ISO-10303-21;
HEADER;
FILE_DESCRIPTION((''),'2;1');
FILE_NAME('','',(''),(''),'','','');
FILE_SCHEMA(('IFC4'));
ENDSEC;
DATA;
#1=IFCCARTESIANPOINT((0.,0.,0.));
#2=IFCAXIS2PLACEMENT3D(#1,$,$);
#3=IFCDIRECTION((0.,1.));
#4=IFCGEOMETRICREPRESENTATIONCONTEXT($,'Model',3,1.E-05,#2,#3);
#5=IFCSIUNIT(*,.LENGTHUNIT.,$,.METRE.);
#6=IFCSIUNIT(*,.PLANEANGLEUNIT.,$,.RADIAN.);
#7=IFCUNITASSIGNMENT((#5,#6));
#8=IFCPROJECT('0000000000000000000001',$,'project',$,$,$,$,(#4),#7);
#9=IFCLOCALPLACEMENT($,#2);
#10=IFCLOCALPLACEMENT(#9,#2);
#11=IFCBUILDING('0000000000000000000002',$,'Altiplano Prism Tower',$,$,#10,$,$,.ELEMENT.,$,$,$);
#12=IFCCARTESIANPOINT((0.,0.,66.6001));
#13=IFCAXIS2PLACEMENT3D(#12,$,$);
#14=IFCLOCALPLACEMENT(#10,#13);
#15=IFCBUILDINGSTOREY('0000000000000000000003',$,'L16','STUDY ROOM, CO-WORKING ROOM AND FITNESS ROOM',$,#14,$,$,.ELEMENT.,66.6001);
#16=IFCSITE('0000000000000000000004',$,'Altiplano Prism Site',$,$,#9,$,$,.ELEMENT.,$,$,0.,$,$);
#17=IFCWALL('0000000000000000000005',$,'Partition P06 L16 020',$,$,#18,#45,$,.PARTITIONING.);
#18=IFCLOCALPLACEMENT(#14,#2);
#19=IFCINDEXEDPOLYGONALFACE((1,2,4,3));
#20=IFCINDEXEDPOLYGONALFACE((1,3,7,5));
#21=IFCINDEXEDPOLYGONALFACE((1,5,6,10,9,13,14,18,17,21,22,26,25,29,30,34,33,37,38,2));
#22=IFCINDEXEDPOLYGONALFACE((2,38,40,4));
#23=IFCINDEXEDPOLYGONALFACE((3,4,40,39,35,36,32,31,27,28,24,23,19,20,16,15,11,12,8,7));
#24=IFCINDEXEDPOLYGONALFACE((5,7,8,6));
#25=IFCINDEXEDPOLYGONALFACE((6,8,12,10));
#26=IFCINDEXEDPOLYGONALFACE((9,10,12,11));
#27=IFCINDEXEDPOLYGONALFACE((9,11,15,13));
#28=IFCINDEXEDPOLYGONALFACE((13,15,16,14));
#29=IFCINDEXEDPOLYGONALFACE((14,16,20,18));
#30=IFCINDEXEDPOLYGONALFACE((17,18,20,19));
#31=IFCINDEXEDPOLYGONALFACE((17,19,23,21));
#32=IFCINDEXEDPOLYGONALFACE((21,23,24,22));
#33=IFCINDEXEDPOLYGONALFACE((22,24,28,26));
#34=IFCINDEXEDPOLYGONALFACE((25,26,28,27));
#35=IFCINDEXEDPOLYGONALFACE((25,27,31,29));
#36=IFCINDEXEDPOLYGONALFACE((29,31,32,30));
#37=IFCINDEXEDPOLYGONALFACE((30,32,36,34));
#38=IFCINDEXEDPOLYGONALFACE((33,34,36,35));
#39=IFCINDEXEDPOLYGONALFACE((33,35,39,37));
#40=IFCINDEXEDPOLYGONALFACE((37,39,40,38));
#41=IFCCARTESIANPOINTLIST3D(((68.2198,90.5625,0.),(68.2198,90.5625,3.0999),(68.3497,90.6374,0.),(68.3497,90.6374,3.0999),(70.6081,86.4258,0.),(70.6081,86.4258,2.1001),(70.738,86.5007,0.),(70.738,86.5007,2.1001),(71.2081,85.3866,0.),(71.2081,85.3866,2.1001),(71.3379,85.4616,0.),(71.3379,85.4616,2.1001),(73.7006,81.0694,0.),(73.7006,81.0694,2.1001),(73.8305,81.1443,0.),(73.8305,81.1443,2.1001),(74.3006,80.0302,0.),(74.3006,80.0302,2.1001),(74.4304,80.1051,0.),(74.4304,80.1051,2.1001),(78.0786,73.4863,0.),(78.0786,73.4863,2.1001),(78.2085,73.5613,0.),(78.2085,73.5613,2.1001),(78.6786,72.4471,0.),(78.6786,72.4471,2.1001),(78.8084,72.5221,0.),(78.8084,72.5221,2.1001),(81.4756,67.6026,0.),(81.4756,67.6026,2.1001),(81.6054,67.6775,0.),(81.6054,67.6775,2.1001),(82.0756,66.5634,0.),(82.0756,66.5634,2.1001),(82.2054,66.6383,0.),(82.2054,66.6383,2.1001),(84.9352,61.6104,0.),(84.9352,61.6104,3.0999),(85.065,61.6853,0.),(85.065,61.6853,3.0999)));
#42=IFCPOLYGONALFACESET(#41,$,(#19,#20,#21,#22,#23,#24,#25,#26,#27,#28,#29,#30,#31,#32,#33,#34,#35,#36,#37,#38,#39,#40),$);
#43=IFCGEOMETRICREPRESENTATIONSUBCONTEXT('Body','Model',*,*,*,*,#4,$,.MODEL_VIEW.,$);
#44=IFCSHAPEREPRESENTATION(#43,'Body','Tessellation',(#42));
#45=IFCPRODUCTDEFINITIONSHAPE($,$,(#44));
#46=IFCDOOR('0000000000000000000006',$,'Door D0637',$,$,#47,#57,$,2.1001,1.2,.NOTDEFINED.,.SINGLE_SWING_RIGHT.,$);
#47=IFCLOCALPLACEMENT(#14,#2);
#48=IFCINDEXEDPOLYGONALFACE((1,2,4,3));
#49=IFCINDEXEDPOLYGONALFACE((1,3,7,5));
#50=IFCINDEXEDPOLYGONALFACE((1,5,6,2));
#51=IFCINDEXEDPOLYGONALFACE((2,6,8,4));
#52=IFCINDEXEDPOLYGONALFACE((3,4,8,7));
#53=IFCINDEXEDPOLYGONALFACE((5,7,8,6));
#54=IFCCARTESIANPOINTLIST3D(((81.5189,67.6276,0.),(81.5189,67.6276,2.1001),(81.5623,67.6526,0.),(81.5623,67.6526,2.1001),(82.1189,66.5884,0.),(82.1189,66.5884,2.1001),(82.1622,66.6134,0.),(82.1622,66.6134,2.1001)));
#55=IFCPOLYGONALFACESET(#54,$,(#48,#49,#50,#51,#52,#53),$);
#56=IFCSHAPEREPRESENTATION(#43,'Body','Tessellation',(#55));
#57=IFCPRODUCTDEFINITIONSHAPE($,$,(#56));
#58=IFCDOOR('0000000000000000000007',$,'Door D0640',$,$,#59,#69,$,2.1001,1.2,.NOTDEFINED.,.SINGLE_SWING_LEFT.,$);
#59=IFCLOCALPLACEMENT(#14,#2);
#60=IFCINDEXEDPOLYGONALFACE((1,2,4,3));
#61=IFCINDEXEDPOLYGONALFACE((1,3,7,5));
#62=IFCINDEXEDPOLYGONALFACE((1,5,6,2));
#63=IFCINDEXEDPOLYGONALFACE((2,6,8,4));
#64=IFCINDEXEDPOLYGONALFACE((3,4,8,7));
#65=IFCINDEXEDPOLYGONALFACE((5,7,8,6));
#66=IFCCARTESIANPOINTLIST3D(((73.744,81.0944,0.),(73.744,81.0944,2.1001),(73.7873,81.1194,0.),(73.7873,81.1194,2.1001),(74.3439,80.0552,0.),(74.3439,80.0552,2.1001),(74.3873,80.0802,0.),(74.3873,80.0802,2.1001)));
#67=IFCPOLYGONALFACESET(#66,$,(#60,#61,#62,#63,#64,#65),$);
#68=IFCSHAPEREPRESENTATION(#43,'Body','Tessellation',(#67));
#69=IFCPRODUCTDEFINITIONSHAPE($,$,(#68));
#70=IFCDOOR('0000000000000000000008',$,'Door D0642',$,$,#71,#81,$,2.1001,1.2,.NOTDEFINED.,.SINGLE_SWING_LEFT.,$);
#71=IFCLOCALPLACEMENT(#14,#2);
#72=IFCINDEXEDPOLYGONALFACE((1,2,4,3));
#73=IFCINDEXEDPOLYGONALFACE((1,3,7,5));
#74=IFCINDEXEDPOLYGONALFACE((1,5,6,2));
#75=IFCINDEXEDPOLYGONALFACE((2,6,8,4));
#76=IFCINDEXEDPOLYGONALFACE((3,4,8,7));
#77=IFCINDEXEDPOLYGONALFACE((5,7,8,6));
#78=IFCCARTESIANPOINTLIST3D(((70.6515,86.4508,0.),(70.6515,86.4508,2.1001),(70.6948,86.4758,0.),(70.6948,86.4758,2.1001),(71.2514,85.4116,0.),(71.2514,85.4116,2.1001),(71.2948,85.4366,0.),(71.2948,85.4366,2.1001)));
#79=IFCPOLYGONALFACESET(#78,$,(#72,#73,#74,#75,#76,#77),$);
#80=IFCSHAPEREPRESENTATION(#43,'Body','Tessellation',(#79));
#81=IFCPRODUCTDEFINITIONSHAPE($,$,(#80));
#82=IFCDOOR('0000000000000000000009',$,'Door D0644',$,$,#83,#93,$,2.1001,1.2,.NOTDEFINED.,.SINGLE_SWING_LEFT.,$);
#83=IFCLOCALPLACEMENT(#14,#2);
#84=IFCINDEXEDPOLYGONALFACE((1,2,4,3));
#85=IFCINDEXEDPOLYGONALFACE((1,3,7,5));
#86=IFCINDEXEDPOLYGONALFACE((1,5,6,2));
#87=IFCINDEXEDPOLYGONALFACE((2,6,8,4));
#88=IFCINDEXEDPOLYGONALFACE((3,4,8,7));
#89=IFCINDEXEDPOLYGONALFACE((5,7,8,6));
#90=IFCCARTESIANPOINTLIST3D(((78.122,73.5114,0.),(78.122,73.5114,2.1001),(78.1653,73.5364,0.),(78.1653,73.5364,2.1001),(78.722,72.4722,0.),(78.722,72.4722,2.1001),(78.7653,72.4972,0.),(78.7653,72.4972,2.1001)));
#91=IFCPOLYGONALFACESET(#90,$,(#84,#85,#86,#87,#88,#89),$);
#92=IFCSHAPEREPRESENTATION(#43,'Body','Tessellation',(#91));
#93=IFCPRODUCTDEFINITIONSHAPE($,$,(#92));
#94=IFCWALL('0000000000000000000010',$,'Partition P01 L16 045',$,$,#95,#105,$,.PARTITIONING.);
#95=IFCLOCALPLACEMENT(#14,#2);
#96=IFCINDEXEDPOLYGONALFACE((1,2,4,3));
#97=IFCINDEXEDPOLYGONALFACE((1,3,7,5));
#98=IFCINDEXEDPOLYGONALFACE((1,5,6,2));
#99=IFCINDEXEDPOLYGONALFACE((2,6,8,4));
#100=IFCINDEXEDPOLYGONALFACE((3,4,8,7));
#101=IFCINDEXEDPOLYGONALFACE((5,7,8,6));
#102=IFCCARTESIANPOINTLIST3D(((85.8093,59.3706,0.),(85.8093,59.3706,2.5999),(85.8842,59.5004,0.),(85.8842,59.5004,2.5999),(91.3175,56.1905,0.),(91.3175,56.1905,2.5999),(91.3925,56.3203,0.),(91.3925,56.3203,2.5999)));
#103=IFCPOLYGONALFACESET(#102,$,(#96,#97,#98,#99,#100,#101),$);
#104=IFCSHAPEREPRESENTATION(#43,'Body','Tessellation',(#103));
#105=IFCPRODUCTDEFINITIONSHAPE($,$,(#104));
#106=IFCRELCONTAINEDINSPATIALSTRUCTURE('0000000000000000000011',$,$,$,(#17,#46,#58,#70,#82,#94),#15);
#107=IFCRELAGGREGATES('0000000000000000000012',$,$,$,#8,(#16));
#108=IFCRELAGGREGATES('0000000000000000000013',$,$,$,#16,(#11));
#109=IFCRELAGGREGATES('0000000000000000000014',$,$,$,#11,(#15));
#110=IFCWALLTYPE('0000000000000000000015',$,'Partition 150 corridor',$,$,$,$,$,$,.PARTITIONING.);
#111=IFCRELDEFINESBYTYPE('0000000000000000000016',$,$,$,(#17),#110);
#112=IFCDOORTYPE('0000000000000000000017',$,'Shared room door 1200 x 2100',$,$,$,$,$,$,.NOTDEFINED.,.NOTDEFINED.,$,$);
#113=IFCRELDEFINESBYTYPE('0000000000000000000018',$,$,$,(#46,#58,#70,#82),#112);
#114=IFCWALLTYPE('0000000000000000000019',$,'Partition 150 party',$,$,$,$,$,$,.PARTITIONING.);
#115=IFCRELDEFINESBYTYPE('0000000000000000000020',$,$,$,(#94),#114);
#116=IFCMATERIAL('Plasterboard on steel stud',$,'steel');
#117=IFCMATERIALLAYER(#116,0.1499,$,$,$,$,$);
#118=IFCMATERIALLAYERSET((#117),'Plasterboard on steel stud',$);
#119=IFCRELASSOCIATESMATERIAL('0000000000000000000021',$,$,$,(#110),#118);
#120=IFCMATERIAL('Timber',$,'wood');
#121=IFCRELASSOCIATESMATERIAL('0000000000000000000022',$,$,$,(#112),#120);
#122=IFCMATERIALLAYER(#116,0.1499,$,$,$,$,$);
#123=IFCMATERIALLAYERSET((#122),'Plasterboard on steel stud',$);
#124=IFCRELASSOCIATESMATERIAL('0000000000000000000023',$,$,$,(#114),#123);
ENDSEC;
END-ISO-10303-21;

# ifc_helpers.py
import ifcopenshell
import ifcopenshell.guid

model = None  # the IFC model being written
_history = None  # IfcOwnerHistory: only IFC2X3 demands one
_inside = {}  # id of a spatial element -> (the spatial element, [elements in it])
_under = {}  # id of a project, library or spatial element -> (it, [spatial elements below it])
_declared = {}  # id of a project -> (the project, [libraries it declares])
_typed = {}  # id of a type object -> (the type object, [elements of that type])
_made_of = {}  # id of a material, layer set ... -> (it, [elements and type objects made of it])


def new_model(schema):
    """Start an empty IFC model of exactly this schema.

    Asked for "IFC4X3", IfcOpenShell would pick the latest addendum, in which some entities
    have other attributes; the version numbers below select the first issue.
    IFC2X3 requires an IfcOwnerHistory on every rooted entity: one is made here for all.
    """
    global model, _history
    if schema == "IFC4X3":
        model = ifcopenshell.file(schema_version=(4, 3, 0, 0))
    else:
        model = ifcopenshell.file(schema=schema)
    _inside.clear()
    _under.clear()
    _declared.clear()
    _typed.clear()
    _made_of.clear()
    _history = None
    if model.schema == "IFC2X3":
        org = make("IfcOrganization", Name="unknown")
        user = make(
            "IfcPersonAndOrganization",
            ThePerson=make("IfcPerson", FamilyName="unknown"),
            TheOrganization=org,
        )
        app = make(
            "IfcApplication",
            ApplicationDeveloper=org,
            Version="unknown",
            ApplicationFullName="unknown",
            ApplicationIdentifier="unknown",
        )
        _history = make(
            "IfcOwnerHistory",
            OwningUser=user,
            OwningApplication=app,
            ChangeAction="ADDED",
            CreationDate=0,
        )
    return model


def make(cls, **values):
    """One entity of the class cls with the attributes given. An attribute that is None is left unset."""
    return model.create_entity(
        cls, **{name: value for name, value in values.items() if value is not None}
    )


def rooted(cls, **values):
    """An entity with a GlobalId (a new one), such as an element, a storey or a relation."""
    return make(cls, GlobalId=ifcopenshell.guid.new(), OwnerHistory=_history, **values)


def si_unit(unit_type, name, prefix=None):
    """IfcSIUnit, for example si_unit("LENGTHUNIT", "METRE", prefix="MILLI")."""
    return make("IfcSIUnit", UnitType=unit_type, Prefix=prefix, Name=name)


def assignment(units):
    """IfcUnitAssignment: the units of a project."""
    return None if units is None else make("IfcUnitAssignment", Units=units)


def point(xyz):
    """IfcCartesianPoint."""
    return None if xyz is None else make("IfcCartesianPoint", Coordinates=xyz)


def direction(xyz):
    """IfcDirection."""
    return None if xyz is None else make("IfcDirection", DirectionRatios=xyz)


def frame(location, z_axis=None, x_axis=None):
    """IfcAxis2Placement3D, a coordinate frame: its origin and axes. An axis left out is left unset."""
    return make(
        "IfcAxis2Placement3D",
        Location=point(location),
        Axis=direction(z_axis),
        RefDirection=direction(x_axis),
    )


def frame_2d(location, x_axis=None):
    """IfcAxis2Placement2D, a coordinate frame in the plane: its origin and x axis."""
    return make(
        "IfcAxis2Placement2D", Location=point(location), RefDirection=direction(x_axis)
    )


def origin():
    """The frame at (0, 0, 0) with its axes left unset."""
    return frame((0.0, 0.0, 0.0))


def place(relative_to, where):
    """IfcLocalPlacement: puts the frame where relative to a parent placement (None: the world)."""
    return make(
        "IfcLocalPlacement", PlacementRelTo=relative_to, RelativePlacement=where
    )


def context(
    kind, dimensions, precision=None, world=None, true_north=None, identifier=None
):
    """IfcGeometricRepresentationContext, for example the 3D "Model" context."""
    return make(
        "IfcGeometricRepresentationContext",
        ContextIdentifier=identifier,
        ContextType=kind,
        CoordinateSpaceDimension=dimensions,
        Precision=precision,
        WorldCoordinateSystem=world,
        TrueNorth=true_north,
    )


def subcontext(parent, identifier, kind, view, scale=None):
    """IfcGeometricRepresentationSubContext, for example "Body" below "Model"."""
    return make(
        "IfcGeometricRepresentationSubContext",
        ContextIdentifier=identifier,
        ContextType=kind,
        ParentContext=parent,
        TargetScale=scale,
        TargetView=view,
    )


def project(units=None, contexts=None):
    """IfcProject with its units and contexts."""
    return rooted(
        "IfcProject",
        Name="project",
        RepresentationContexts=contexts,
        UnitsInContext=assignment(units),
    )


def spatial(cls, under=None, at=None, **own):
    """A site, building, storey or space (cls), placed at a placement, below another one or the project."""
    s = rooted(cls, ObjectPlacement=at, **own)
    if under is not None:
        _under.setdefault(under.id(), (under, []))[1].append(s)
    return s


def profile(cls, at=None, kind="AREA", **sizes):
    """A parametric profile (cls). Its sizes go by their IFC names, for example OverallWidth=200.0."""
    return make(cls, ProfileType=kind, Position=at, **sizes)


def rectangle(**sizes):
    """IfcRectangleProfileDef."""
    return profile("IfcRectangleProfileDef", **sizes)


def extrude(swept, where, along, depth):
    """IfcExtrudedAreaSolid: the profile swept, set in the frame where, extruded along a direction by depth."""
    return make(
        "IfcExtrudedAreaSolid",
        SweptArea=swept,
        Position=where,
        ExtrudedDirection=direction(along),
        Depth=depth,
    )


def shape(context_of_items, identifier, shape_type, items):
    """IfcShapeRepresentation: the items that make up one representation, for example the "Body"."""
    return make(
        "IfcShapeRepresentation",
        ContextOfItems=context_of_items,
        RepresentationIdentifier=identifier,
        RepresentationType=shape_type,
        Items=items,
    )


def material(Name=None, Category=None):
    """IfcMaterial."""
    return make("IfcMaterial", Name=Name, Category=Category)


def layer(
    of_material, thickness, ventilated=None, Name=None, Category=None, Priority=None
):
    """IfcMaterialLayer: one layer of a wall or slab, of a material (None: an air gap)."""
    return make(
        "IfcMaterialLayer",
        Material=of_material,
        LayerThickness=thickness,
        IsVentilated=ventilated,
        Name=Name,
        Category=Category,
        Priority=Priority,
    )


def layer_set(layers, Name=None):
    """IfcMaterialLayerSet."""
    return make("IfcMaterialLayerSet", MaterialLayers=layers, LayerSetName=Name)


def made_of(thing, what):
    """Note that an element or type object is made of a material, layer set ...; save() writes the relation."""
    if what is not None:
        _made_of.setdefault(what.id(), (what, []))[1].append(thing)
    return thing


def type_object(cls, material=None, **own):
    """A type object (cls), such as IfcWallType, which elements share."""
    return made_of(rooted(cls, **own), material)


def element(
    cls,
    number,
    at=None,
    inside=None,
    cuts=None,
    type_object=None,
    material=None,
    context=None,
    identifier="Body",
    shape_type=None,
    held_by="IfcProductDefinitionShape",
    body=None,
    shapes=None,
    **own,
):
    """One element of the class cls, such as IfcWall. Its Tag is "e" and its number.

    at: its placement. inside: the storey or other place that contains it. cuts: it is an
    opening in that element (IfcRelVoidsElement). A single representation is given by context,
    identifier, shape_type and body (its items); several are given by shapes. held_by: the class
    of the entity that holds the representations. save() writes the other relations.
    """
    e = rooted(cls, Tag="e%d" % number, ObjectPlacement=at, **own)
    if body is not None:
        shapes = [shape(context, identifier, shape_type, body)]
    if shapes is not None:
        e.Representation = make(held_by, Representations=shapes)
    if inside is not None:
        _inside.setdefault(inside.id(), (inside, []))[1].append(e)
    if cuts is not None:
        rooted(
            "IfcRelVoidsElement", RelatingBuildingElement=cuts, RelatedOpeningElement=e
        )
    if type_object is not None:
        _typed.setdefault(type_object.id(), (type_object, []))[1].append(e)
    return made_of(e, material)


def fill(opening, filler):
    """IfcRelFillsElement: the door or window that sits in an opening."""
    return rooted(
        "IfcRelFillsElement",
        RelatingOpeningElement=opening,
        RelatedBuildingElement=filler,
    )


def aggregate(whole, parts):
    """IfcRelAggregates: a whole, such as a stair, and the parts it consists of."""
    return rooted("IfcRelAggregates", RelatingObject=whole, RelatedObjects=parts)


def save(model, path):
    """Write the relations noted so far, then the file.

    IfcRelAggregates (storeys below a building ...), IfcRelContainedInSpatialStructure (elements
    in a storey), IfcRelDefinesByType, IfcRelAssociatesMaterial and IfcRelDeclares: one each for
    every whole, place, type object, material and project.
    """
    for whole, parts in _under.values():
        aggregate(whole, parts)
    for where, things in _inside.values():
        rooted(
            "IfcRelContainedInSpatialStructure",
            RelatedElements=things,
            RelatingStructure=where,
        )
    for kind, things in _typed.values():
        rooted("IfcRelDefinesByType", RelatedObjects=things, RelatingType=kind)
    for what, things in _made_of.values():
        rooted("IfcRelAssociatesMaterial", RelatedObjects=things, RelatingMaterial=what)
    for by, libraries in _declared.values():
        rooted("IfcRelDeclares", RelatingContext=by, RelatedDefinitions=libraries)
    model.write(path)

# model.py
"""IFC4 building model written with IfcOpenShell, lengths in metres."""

from ifc_helpers import new_model, si_unit, direction, frame, frame_2d, origin, place, context, subcontext, project, spatial, rectangle, extrude, material, layer, layer_set, type_object, element, fill, save


model = new_model("IFC4")

# Units and contexts
model_context = context("Model", 3, precision=1e-05, world=origin(), true_north=direction((0.0, 1.0)))
body_context = subcontext(model_context, "Body", "Model", "MODEL_VIEW")
ifc_project = project(units=[si_unit("LENGTHUNIT", "METRE"), si_unit("PLANEANGLEUNIT", "RADIAN")], contexts=[model_context])

# Site, building, storey
site_placement = place(None, origin())
site = spatial("IfcSite", under=ifc_project, at=site_placement, Name="Altiplano Prism Site", CompositionType="ELEMENT", RefElevation=0.0)
building_placement = place(site_placement, origin())
building = spatial("IfcBuilding", under=site, at=building_placement, Name="Altiplano Prism Tower", CompositionType="ELEMENT")
storey_placement = place(building_placement, frame((0.0, 0.0, 66.6001)))
storey = spatial("IfcBuildingStorey", under=building, at=storey_placement, Name="L16", Description="STUDY ROOM, CO-WORKING ROOM AND FITNESS ROOM", CompositionType="ELEMENT", Elevation=66.6001)

# Shared definitions
ifc_material_1 = material(Name="Plasterboard on steel stud", Category="steel")
ifc_layer_1 = layer(ifc_material_1, 0.1499)
ifc_layer_set_1 = layer_set([ifc_layer_1], Name="Plasterboard on steel stud")
wall_type_1 = type_object("IfcWallType", Name="Partition 150 corridor", PredefinedType="PARTITIONING", material=ifc_layer_set_1)
ifc_material_2 = material(Name="Timber", Category="wood")
door_type = type_object("IfcDoorType", Name="Shared room door 1200 x 2100", OperationType="NOTDEFINED", PredefinedType="NOTDEFINED", material=ifc_material_2)

# Wall, openings, doors
wall_1_placement = place(storey_placement, frame((85.0, 61.6479, 0.0), z_axis=(0.0, 0.0, 1.0), x_axis=(-0.499996, 0.866028, 0.0)))
wall_1 = element("IfcWall", 1, at=wall_1_placement, inside=storey, type_object=wall_type_1, Name="Partition P06 L16 020", PredefinedType="PARTITIONING", context=body_context, shape_type="SweptSolid", body=[
    extrude(rectangle(XDim=33.4309, YDim=0.1499, at=frame_2d((16.7153, 0.0))), origin(), (0.0, 0.0, 1.0), 3.0999),
])
opening_1_placement = place(wall_1_placement, frame((5.719, 0.0, 0.0)))
opening_1 = element("IfcOpeningElement", 2, at=opening_1_placement, cuts=wall_1, PredefinedType="OPENING", context=body_context, shape_type="SweptSolid", body=[
    extrude(rectangle(XDim=1.2, YDim=2.1001, at=frame_2d((0.6001, 1.05))), frame((0.0, 0.0854, 0.0), z_axis=(0.0, -1.0, 0.0), x_axis=(1.0, 0.0, 0.0)), (0.0, 0.0, 1.0), 0.1709),
])
opening_2_placement = place(wall_1_placement, frame((21.269, 0.0, 0.0)))
opening_2 = element("IfcOpeningElement", 3, at=opening_2_placement, cuts=wall_1, PredefinedType="OPENING", context=body_context, shape_type="SweptSolid", body=[
    extrude(rectangle(XDim=1.2, YDim=2.1001, at=frame_2d((0.6001, 1.05))), frame((0.0, 0.0854, 0.0), z_axis=(0.0, -1.0, 0.0), x_axis=(1.0, 0.0, 0.0)), (0.0, 0.0, 1.0), 0.1709),
])
opening_3_placement = place(wall_1_placement, frame((27.4541, 0.0, 0.0)))
opening_3 = element("IfcOpeningElement", 4, at=opening_3_placement, cuts=wall_1, PredefinedType="OPENING", context=body_context, shape_type="SweptSolid", body=[
    extrude(rectangle(XDim=1.2, YDim=2.1001, at=frame_2d((0.6001, 1.05))), frame((0.0, 0.0854, 0.0), z_axis=(0.0, -1.0, 0.0), x_axis=(1.0, 0.0, 0.0)), (0.0, 0.0, 1.0), 0.1709),
])
opening_4_placement = place(wall_1_placement, frame((12.5129, 0.0, 0.0)))
opening_4 = element("IfcOpeningElement", 5, at=opening_4_placement, cuts=wall_1, PredefinedType="OPENING", context=body_context, shape_type="SweptSolid", body=[
    extrude(rectangle(XDim=1.2, YDim=2.1001, at=frame_2d((0.6001, 1.05))), frame((0.0, 0.0854, 0.0), z_axis=(0.0, -1.0, 0.0), x_axis=(1.0, 0.0, 0.0)), (0.0, 0.0, 1.0), 0.1709),
])
door_1_placement = place(opening_1_placement, origin())
door_1 = element("IfcDoor", 6, at=door_1_placement, inside=storey, type_object=door_type, Name="Door D0637", OperationType="SINGLE_SWING_RIGHT", OverallHeight=2.1001, OverallWidth=1.2, PredefinedType="NOTDEFINED", context=body_context, shape_type="SweptSolid", body=[
    extrude(rectangle(XDim=1.2, YDim=2.1001, at=frame_2d((0.6001, 1.05))), frame((0.0, 0.0249, 0.0), z_axis=(0.0, -1.0, 0.0), x_axis=(1.0, 0.0, 0.0)), (0.0, 0.0, 1.0), 0.05),
])
fill(opening_1, door_1)
door_2_placement = place(opening_2_placement, origin())
door_2 = element("IfcDoor", 7, at=door_2_placement, inside=storey, type_object=door_type, Name="Door D0640", OperationType="SINGLE_SWING_LEFT", OverallHeight=2.1001, OverallWidth=1.2, PredefinedType="NOTDEFINED", context=body_context, shape_type="SweptSolid", body=[
    extrude(rectangle(XDim=1.2, YDim=2.1001, at=frame_2d((0.6001, 1.05))), frame((0.0, 0.0249, 0.0), z_axis=(0.0, -1.0, 0.0), x_axis=(1.0, 0.0, 0.0)), (0.0, 0.0, 1.0), 0.05),
])
fill(opening_2, door_2)
door_3_placement = place(opening_3_placement, origin())
door_3 = element("IfcDoor", 8, at=door_3_placement, inside=storey, type_object=door_type, Name="Door D0642", OperationType="SINGLE_SWING_LEFT", OverallHeight=2.1001, OverallWidth=1.2, PredefinedType="NOTDEFINED", context=body_context, shape_type="SweptSolid", body=[
    extrude(rectangle(XDim=1.2, YDim=2.1001, at=frame_2d((0.6001, 1.05))), frame((0.0, 0.0249, 0.0), z_axis=(0.0, -1.0, 0.0), x_axis=(1.0, 0.0, 0.0)), (0.0, 0.0, 1.0), 0.05),
])
fill(opening_3, door_3)
door_4_placement = place(opening_4_placement, origin())
door_4 = element("IfcDoor", 9, at=door_4_placement, inside=storey, type_object=door_type, Name="Door D0644", OperationType="SINGLE_SWING_LEFT", OverallHeight=2.1001, OverallWidth=1.2, PredefinedType="NOTDEFINED", context=body_context, shape_type="SweptSolid", body=[
    extrude(rectangle(XDim=1.2, YDim=2.1001, at=frame_2d((0.6001, 1.05))), frame((0.0, 0.0249, 0.0), z_axis=(0.0, -1.0, 0.0), x_axis=(1.0, 0.0, 0.0)), (0.0, 0.0, 1.0), 0.05),
])
fill(opening_4, door_4)

# Wall
ifc_layer_2 = layer(ifc_material_1, 0.1499)
ifc_layer_set_2 = layer_set([ifc_layer_2], Name="Plasterboard on steel stud")
wall_type_2 = type_object("IfcWallType", Name="Partition 150 party", PredefinedType="PARTITIONING", material=ifc_layer_set_2)
wall_2_placement = place(storey_placement, frame((91.355, 56.2554, 0.0), z_axis=(0.0, 0.0, 1.0), x_axis=(-0.866028, 0.499995, 0.0)))
element("IfcWall", 10, at=wall_2_placement, inside=storey, type_object=wall_type_2, Name="Partition P01 L16 045", PredefinedType="PARTITIONING", context=body_context, shape_type="SweptSolid", body=[
    extrude(rectangle(XDim=6.3604, YDim=0.1499, at=frame_2d((3.1802, 0.0))), origin(), (0.0, 0.0, 1.0), 2.5999),
])

save(model, "model.ifc")
